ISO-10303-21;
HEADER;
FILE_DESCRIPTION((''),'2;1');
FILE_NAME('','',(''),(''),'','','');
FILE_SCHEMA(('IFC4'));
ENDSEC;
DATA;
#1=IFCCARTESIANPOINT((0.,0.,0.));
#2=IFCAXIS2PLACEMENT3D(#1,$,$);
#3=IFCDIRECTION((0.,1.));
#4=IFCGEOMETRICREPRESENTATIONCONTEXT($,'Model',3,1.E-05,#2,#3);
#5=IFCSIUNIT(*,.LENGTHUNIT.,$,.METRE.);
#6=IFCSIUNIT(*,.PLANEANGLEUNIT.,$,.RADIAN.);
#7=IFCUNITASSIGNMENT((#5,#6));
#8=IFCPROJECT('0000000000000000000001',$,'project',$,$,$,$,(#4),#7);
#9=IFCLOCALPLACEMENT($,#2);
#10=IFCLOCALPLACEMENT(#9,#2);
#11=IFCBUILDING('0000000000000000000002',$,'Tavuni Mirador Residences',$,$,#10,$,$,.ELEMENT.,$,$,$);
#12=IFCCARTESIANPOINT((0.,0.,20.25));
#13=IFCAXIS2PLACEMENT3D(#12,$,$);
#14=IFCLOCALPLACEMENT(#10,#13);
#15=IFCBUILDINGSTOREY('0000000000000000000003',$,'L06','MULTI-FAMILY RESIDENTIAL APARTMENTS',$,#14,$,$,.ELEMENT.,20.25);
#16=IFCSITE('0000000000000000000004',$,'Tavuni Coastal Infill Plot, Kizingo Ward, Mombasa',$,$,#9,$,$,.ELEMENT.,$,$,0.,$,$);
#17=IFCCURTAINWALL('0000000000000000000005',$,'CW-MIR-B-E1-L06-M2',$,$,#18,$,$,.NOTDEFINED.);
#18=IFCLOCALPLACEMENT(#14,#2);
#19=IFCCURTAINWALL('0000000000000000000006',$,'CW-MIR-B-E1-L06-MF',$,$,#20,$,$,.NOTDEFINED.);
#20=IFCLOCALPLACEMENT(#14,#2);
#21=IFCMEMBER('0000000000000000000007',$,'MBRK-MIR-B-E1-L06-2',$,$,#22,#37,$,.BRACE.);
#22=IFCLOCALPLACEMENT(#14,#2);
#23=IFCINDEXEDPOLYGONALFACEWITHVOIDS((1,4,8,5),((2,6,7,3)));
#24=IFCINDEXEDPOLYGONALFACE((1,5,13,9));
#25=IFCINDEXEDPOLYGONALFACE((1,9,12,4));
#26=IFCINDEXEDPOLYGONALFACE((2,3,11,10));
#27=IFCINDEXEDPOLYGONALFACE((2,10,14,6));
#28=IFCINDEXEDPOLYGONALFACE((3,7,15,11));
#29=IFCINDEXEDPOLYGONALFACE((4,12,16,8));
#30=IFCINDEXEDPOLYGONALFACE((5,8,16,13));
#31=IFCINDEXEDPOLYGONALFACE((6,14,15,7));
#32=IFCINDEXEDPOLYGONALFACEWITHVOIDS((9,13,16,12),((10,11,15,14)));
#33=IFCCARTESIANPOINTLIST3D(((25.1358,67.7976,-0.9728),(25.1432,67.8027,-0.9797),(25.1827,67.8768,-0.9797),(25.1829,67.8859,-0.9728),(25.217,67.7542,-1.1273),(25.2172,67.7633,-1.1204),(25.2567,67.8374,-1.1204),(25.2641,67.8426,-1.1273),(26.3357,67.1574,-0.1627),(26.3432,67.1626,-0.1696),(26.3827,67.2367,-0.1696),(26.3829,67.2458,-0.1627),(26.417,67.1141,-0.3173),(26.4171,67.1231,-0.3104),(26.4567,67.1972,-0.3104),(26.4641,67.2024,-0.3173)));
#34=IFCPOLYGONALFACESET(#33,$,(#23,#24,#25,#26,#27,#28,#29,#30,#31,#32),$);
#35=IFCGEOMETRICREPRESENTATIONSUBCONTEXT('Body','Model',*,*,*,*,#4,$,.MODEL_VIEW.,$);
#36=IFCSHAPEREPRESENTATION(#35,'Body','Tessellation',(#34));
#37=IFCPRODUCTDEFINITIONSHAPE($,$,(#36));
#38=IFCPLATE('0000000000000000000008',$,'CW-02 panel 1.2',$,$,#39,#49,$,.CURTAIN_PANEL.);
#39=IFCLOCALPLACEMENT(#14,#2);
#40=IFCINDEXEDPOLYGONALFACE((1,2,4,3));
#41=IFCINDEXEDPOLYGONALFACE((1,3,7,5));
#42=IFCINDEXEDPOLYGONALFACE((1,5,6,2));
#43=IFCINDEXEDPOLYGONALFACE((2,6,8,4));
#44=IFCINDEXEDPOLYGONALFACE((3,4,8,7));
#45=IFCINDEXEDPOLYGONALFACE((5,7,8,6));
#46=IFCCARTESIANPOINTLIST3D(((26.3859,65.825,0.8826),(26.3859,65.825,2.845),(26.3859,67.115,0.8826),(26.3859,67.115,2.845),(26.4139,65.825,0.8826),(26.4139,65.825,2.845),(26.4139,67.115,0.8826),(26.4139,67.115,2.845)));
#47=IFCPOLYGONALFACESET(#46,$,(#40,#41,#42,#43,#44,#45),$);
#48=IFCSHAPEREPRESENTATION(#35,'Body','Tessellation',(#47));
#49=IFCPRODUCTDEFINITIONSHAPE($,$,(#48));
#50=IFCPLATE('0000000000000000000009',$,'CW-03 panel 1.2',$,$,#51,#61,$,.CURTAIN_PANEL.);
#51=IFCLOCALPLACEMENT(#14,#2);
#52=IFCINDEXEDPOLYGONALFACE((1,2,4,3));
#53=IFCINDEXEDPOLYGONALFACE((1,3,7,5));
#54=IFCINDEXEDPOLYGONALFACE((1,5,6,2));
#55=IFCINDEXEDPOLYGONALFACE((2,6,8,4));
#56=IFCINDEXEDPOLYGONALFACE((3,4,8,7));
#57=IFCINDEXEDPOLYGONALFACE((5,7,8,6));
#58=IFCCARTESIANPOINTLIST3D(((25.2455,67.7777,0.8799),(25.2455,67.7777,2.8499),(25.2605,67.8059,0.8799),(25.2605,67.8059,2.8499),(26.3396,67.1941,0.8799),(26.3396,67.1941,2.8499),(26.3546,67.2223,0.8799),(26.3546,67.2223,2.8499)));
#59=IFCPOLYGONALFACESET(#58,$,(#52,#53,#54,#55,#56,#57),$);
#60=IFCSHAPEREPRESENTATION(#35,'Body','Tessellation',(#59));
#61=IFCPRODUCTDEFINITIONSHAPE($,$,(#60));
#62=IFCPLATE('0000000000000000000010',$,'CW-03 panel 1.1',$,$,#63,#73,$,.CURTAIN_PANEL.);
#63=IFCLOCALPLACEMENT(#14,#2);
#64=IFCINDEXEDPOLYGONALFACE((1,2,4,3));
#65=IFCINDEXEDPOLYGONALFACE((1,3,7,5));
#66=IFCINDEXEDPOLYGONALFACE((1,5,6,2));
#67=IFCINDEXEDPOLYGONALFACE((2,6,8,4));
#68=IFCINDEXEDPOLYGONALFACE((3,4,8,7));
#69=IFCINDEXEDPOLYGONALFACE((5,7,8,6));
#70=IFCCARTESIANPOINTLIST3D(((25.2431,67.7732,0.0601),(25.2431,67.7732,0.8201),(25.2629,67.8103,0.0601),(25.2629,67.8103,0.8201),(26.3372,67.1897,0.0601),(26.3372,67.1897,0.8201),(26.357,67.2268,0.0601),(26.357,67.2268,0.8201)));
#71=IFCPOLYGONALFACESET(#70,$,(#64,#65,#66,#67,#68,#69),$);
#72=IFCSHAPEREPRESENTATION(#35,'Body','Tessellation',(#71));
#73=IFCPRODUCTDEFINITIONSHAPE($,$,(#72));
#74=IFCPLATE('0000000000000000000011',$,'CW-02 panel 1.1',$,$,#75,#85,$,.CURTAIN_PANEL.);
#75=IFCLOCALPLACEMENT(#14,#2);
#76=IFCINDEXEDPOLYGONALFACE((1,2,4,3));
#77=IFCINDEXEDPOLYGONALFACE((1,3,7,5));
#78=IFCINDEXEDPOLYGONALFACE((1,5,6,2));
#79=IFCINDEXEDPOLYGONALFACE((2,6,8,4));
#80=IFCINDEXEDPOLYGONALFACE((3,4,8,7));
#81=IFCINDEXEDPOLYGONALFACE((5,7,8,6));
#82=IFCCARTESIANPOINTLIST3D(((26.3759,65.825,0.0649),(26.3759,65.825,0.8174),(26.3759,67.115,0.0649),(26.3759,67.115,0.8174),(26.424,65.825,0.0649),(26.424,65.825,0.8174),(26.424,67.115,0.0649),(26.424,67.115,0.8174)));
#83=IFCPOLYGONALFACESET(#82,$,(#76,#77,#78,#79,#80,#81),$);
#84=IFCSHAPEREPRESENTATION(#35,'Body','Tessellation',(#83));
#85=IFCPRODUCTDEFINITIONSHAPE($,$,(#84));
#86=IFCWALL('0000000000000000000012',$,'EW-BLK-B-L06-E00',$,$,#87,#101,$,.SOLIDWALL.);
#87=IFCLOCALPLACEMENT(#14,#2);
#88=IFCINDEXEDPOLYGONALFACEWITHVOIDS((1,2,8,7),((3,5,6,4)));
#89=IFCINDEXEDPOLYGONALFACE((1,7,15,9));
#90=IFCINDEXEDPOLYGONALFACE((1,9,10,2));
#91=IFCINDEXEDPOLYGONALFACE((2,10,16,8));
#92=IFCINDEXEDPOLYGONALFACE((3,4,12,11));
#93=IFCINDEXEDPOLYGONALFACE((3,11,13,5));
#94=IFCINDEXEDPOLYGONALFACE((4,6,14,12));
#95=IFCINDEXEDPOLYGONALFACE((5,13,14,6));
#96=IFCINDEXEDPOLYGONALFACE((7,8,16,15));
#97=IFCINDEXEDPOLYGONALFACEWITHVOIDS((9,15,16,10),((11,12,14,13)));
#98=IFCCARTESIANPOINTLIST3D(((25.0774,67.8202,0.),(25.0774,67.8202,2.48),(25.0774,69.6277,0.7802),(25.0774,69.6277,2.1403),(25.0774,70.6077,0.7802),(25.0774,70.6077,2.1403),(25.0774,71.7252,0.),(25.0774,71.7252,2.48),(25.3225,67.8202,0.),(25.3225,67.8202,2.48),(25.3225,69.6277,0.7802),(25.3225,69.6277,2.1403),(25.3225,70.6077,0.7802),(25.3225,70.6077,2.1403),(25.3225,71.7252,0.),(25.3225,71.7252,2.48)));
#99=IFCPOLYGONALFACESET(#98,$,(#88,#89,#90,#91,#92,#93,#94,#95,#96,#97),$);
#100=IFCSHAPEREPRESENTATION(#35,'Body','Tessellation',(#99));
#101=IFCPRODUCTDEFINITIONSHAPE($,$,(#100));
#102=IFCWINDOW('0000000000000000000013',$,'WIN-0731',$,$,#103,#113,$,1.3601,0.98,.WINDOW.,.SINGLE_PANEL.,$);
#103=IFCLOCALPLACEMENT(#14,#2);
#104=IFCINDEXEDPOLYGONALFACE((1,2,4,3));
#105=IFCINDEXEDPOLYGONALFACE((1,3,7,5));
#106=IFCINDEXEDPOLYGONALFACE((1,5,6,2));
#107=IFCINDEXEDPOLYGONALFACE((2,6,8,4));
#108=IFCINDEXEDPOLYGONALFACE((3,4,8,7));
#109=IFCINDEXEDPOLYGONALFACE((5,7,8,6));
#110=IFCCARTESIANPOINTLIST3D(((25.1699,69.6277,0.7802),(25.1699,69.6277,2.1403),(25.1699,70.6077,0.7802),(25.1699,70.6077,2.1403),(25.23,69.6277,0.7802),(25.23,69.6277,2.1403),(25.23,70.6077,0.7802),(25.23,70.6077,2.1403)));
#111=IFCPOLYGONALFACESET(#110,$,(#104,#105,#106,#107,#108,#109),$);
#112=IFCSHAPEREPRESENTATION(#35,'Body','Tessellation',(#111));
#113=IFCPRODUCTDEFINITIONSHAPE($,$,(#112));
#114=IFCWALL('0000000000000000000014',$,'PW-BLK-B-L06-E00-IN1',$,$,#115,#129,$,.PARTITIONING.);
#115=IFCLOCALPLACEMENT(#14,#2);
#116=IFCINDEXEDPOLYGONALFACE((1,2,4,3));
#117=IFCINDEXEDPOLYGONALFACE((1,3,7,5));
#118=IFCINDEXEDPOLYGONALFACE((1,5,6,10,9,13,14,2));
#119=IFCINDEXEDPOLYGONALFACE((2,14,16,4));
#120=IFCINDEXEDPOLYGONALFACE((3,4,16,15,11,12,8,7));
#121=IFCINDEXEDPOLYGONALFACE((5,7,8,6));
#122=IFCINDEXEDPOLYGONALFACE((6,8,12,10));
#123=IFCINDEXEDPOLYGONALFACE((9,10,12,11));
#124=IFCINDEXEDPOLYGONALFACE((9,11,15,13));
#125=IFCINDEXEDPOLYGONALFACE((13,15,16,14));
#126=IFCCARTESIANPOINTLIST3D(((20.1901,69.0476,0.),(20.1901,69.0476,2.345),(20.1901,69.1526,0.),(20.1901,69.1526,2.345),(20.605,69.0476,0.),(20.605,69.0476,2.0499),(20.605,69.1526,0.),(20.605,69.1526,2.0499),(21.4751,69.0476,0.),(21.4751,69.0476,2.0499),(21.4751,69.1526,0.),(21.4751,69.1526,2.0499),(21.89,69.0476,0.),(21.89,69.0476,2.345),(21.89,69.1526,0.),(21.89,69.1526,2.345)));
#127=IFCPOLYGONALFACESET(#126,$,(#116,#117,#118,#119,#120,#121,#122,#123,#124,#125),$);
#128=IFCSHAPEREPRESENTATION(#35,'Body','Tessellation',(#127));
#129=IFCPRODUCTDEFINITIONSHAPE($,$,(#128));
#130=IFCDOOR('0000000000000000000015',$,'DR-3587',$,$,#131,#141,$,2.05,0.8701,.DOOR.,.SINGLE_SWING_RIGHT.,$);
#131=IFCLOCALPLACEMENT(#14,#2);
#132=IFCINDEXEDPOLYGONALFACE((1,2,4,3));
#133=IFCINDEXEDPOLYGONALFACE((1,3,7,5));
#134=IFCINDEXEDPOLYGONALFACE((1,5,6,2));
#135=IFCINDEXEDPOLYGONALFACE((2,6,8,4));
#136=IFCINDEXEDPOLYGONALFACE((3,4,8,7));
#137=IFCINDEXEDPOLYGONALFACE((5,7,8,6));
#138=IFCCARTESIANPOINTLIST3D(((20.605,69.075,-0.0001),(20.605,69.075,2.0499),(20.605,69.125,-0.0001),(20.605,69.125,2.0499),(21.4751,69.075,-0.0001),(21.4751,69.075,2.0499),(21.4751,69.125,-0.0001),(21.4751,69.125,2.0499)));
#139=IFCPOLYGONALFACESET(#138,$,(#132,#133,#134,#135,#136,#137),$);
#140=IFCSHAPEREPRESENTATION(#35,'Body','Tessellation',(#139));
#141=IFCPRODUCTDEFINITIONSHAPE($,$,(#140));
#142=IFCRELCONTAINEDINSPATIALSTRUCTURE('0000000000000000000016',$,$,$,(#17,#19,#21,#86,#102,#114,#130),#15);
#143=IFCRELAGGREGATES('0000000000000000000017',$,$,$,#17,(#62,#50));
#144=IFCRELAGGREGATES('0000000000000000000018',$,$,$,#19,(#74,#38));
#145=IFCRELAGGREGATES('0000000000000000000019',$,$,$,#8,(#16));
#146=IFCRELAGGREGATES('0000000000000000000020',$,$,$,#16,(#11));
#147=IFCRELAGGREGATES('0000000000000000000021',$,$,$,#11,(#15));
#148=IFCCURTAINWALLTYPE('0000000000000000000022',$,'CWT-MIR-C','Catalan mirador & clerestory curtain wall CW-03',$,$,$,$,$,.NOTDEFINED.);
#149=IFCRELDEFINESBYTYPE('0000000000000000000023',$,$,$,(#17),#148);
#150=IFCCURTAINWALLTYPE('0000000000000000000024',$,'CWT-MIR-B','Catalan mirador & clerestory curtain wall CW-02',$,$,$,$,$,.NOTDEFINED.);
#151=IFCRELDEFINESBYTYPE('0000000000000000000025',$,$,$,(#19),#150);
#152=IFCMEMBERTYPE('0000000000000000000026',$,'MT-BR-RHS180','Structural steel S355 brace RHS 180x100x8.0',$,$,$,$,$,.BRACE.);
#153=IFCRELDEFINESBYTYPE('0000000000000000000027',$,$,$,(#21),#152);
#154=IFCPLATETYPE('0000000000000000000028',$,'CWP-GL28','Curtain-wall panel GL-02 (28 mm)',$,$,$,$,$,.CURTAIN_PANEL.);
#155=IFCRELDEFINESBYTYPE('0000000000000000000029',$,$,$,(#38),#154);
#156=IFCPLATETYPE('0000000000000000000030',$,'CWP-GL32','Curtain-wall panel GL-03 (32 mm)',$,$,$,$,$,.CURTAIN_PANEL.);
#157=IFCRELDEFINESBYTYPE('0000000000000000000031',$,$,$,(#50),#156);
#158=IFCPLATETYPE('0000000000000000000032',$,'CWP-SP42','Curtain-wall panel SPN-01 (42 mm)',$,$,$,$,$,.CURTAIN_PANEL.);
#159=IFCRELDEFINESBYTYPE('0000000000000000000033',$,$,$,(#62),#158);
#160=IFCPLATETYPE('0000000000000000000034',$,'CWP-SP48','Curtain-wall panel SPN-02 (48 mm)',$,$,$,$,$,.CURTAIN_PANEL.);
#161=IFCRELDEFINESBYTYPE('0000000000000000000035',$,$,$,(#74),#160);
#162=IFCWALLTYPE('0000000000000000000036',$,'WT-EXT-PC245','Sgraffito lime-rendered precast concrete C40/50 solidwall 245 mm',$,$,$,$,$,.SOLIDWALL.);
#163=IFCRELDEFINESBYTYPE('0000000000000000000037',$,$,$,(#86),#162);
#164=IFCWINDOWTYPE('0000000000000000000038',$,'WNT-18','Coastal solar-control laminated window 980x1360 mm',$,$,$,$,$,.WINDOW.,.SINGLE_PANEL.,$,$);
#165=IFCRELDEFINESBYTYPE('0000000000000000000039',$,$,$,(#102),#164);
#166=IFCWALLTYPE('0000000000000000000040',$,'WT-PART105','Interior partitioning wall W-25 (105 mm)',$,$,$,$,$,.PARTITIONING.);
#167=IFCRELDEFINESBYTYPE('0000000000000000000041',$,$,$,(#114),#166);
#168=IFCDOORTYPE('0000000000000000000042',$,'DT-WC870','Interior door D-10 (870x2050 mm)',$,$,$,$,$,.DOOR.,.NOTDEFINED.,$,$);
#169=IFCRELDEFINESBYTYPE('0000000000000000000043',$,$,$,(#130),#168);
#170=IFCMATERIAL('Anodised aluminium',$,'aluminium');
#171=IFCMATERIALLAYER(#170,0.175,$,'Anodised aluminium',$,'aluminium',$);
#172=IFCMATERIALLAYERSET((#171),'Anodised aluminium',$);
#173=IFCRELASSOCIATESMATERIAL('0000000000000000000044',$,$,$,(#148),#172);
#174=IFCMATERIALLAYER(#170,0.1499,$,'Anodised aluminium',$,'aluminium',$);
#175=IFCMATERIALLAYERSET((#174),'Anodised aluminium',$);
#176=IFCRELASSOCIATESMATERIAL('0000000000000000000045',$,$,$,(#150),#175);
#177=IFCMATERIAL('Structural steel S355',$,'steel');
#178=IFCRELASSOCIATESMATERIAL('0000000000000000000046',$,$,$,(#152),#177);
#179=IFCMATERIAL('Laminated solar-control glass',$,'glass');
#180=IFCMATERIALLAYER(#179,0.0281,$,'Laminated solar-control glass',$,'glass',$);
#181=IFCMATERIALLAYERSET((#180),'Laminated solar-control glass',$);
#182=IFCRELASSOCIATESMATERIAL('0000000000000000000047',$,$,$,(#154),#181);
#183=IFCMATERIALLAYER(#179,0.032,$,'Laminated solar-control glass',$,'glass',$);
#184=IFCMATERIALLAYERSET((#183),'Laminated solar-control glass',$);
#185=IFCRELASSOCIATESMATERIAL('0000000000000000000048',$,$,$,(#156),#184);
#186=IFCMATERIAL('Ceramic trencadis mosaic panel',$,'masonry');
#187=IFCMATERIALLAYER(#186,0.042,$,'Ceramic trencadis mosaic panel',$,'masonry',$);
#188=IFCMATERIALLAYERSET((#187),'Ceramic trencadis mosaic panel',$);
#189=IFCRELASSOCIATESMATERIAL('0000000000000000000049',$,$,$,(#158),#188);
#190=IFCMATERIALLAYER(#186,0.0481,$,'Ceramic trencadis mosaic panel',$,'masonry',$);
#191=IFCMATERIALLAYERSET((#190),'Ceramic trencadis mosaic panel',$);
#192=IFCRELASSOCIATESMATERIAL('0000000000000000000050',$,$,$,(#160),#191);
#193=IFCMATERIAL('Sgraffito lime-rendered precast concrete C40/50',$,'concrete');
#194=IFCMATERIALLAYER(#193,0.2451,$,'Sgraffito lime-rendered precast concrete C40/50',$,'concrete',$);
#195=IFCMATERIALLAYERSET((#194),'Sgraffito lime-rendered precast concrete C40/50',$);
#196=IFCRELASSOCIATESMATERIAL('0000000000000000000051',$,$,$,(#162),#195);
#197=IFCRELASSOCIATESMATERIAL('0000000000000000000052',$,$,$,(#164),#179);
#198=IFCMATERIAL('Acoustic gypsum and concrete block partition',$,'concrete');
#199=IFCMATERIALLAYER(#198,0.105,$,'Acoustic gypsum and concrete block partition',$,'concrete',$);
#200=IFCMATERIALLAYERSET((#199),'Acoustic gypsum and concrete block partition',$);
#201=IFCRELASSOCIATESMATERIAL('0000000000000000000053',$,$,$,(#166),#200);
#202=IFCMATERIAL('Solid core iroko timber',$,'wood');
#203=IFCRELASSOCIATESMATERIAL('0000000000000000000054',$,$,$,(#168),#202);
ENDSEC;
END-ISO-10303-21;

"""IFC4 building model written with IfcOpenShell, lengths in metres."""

from ifc_helpers import new_model, si_unit, direction, frame, frame_2d, origin, origin_2d, place, context, subcontext, project, spatial, rectangle, hollow_rectangle, extrude, material, layer, layer_set, material_profile, profile_set, type_object, element, fill, aggregate, save


model = new_model("IFC4")

# Units and contexts
model_context = context("Model", 3, precision=1e-05, world=origin(), true_north=direction((0.0, 1.0)))
body_context = subcontext(model_context, "Body", "Model", "MODEL_VIEW")
ifc_project = project(units=[si_unit("LENGTHUNIT", "METRE"), si_unit("PLANEANGLEUNIT", "RADIAN")], contexts=[model_context])

# Site, building, storey
site_placement = place(None, origin())
site = spatial("IfcSite", under=ifc_project, at=site_placement, Name="Tavuni Coastal Infill Plot, Kizingo Ward, Mombasa", CompositionType="ELEMENT", RefElevation=0.0)
building_placement = place(site_placement, origin())
building = spatial("IfcBuilding", under=site, at=building_placement, Name="Tavuni Mirador Residences", CompositionType="ELEMENT")
storey_placement = place(building_placement, frame((0.0, 0.0, 20.25)))
storey = spatial("IfcBuildingStorey", under=building, at=storey_placement, Name="L06", Description="MULTI-FAMILY RESIDENTIAL APARTMENTS", CompositionType="ELEMENT", Elevation=20.25)

# Curtain wall
ifc_material_1 = material(Name="Anodised aluminium", Category="aluminium")
ifc_layer_1 = layer(ifc_material_1, 0.175, Name="Anodised aluminium", Category="aluminium")
ifc_layer_set_1 = layer_set([ifc_layer_1], Name="Anodised aluminium")
curtain_wall_type_1 = type_object("IfcCurtainWallType", Name="CWT-MIR-C", Description="Catalan mirador & clerestory curtain wall CW-03", PredefinedType="NOTDEFINED", material=ifc_layer_set_1)
curtain_wall_1_placement = place(storey_placement, origin())
curtain_wall_1 = element("IfcCurtainWall", 1, at=curtain_wall_1_placement, inside=storey, type_object=curtain_wall_type_1, Name="CW-MIR-B-E1-L06-M2", PredefinedType="NOTDEFINED")

# Curtain wall
ifc_layer_2 = layer(ifc_material_1, 0.1499, Name="Anodised aluminium", Category="aluminium")
ifc_layer_set_2 = layer_set([ifc_layer_2], Name="Anodised aluminium")
curtain_wall_type_2 = type_object("IfcCurtainWallType", Name="CWT-MIR-B", Description="Catalan mirador & clerestory curtain wall CW-02", PredefinedType="NOTDEFINED", material=ifc_layer_set_2)
curtain_wall_2_placement = place(storey_placement, origin())
curtain_wall_2 = element("IfcCurtainWall", 2, at=curtain_wall_2_placement, inside=storey, type_object=curtain_wall_type_2, Name="CW-MIR-B-E1-L06-MF", PredefinedType="NOTDEFINED")

# Member
ifc_material_2 = material(Name="Structural steel S355", Category="steel")
ifc_material_profile_1 = material_profile(ifc_material_2, hollow_rectangle(XDim=0.1001, YDim=0.1799, WallThickness=0.0081, at=origin_2d()), Name="RHS 180x100x8.0", Category="steel")
ifc_profile_set_1 = profile_set([ifc_material_profile_1], Name="Structural steel S355")
member_type_1 = type_object("IfcMemberType", Name="MT-BR-RHS180", Description="Structural steel S355 brace RHS 180x100x8.0", PredefinedType="BRACE", material=ifc_profile_set_1)
member_1_placement = place(storey_placement, frame((25.2, 67.8201, -1.05), z_axis=(0.758029, -0.404385, 0.511727), x_axis=(0.470681, 0.882303, 0.0)))
element("IfcMember", 3, at=member_1_placement, inside=storey, type_object=member_type_1, Name="MBRK-MIR-B-E1-L06-2", PredefinedType="BRACE", context=body_context, shape_type="SweptSolid", body=[
    extrude(hollow_rectangle(XDim=0.1001, YDim=0.1799, WallThickness=0.0081, at=origin_2d()), origin(), (0.0, 0.0, 1.0), 1.583),
])

# Plates
ifc_material_3 = material(Name="Laminated solar-control glass", Category="glass")
ifc_layer_3 = layer(ifc_material_3, 0.0281, Name="Laminated solar-control glass", Category="glass")
ifc_layer_set_3 = layer_set([ifc_layer_3], Name="Laminated solar-control glass")
plate_type_1 = type_object("IfcPlateType", Name="CWP-GL28", Description="Curtain-wall panel GL-02 (28 mm)", PredefinedType="CURTAIN_PANEL", material=ifc_layer_set_3)
plate_1_placement = place(storey_placement, frame((26.3999, 66.47, 0.8826), z_axis=(0.0, 0.0, 1.0), x_axis=(0.0, 1.0, 0.0)))
plate_1 = element("IfcPlate", 4, at=plate_1_placement, type_object=plate_type_1, Name="CW-02 panel 1.2", PredefinedType="CURTAIN_PANEL", context=body_context, shape_type="SweptSolid", body=[
    extrude(rectangle(XDim=1.29, YDim=0.0281, at=origin_2d()), origin(), (0.0, 0.0, 1.0), 1.9624),
])
ifc_layer_4 = layer(ifc_material_3, 0.032, Name="Laminated solar-control glass", Category="glass")
ifc_layer_set_4 = layer_set([ifc_layer_4], Name="Laminated solar-control glass")
plate_type_2 = type_object("IfcPlateType", Name="CWP-GL32", Description="Curtain-wall panel GL-03 (32 mm)", PredefinedType="CURTAIN_PANEL", material=ifc_layer_set_4)
plate_2_placement = place(storey_placement, frame((25.8, 67.5, 0.8799), z_axis=(0.0, 0.0, 1.0), x_axis=(-0.882353, 0.470588, 0.0)))
plate_2 = element("IfcPlate", 5, at=plate_2_placement, type_object=plate_type_2, Name="CW-03 panel 1.2", PredefinedType="CURTAIN_PANEL", context=body_context, shape_type="SweptSolid", body=[
    extrude(rectangle(XDim=1.24, YDim=0.032, at=origin_2d()), origin(), (0.0, 0.0, 1.0), 1.97),
])
ifc_material_4 = material(Name="Ceramic trencadis mosaic panel", Category="masonry")
ifc_layer_5 = layer(ifc_material_4, 0.042, Name="Ceramic trencadis mosaic panel", Category="masonry")
ifc_layer_set_5 = layer_set([ifc_layer_5], Name="Ceramic trencadis mosaic panel")
plate_type_3 = type_object("IfcPlateType", Name="CWP-SP42", Description="Curtain-wall panel SPN-01 (42 mm)", PredefinedType="CURTAIN_PANEL", material=ifc_layer_set_5)
plate_3_placement = place(storey_placement, frame((25.8, 67.5, 0.0601), z_axis=(0.0, 0.0, 1.0), x_axis=(-0.882353, 0.470588, 0.0)))
plate_3 = element("IfcPlate", 6, at=plate_3_placement, type_object=plate_type_3, Name="CW-03 panel 1.1", PredefinedType="CURTAIN_PANEL", context=body_context, shape_type="SweptSolid", body=[
    extrude(rectangle(XDim=1.24, YDim=0.042, at=origin_2d()), origin(), (0.0, 0.0, 1.0), 0.76),
])
aggregate(curtain_wall_1, [plate_3, plate_2])
ifc_layer_6 = layer(ifc_material_4, 0.0481, Name="Ceramic trencadis mosaic panel", Category="masonry")
ifc_layer_set_6 = layer_set([ifc_layer_6], Name="Ceramic trencadis mosaic panel")
plate_type_4 = type_object("IfcPlateType", Name="CWP-SP48", Description="Curtain-wall panel SPN-02 (48 mm)", PredefinedType="CURTAIN_PANEL", material=ifc_layer_set_6)
plate_4_placement = place(storey_placement, frame((26.3999, 66.47, 0.0649), z_axis=(0.0, 0.0, 1.0), x_axis=(0.0, 1.0, 0.0)))
plate_4 = element("IfcPlate", 7, at=plate_4_placement, type_object=plate_type_4, Name="CW-02 panel 1.1", PredefinedType="CURTAIN_PANEL", context=body_context, shape_type="SweptSolid", body=[
    extrude(rectangle(XDim=1.29, YDim=0.0481, at=origin_2d()), origin(), (0.0, 0.0, 1.0), 0.7524),
])
aggregate(curtain_wall_2, [plate_4, plate_1])

# Wall, opening, window
ifc_material_5 = material(Name="Sgraffito lime-rendered precast concrete C40/50", Category="concrete")
ifc_layer_7 = layer(ifc_material_5, 0.2451, Name="Sgraffito lime-rendered precast concrete C40/50", Category="concrete")
ifc_layer_set_7 = layer_set([ifc_layer_7], Name="Sgraffito lime-rendered precast concrete C40/50")
wall_type_1 = type_object("IfcWallType", Name="WT-EXT-PC245", Description="Sgraffito lime-rendered precast concrete C40/50 solidwall 245 mm", PredefinedType="SOLIDWALL", material=ifc_layer_set_7)
wall_1_placement = place(storey_placement, frame((25.2, 67.8201, 0.0), z_axis=(0.0, 0.0, 1.0), x_axis=(0.0, 1.0, 0.0)))
wall_1 = element("IfcWall", 8, at=wall_1_placement, inside=storey, type_object=wall_type_1, Name="EW-BLK-B-L06-E00", PredefinedType="SOLIDWALL", context=body_context, shape_type="SweptSolid", body=[
    extrude(rectangle(XDim=3.905, YDim=0.2451, at=frame_2d((1.9526, 0.0))), origin(), (0.0, 0.0, 1.0), 2.48),
])
opening_1_placement = place(wall_1_placement, frame((1.8076, 0.0, 0.78)))
opening_1 = element("IfcOpeningElement", 9, at=opening_1_placement, cuts=wall_1, PredefinedType="OPENING", context=body_context, shape_type="SweptSolid", body=[
    extrude(rectangle(XDim=0.98, YDim=1.3601, at=frame_2d((0.49, 0.6802))), frame((0.0, 0.1326, 0.0), z_axis=(0.0, -1.0, 0.0), x_axis=(1.0, 0.0, 0.0)), (0.0, 0.0, 1.0), 0.2651),
])
window_type = type_object("IfcWindowType", Name="WNT-18", Description="Coastal solar-control laminated window 980x1360 mm", PartitioningType="SINGLE_PANEL", PredefinedType="WINDOW", material=ifc_material_3)
window_placement = place(opening_1_placement, origin())
window = element("IfcWindow", 10, at=window_placement, inside=storey, type_object=window_type, Name="WIN-0731", OverallHeight=1.3601, OverallWidth=0.98, PartitioningType="SINGLE_PANEL", PredefinedType="WINDOW", context=body_context, shape_type="SweptSolid", body=[
    extrude(rectangle(XDim=0.98, YDim=1.3601, at=frame_2d((0.49, 0.6802))), frame((0.0, 0.03, 0.0), z_axis=(0.0, -1.0, 0.0), x_axis=(1.0, 0.0, 0.0)), (0.0, 0.0, 1.0), 0.0601),
])
fill(opening_1, window)

# Wall, opening, door
ifc_material_6 = material(Name="Acoustic gypsum and concrete block partition", Category="concrete")
ifc_layer_8 = layer(ifc_material_6, 0.105, Name="Acoustic gypsum and concrete block partition", Category="concrete")
ifc_layer_set_8 = layer_set([ifc_layer_8], Name="Acoustic gypsum and concrete block partition")
wall_type_2 = type_object("IfcWallType", Name="WT-PART105", Description="Interior partitioning wall W-25 (105 mm)", PredefinedType="PARTITIONING", material=ifc_layer_set_8)
wall_2_placement = place(storey_placement, frame((20.1899, 69.1001, 0.0), z_axis=(0.0, 0.0, 1.0), x_axis=(1.0, 0.0, 0.0)))
wall_2 = element("IfcWall", 11, at=wall_2_placement, inside=storey, type_object=wall_type_2, Name="PW-BLK-B-L06-E00-IN1", PredefinedType="PARTITIONING", context=body_context, shape_type="SweptSolid", body=[
    extrude(rectangle(XDim=1.7, YDim=0.105, at=frame_2d((0.8501, 0.0))), origin(), (0.0, 0.0, 1.0), 2.345),
])
opening_2_placement = place(wall_2_placement, frame((0.415, 0.0, 0.0)))
opening_2 = element("IfcOpeningElement", 12, at=opening_2_placement, cuts=wall_2, PredefinedType="OPENING", context=body_context, shape_type="SweptSolid", body=[
    extrude(rectangle(XDim=0.8701, YDim=2.05, at=frame_2d((0.4351, 1.0249))), frame((0.0, 0.0625, 0.0), z_axis=(0.0, -1.0, 0.0), x_axis=(1.0, 0.0, 0.0)), (0.0, 0.0, 1.0), 0.125),
])
ifc_material_7 = material(Name="Solid core iroko timber", Category="wood")
door_type_1 = type_object("IfcDoorType", Name="DT-WC870", Description="Interior door D-10 (870x2050 mm)", OperationType="NOTDEFINED", PredefinedType="DOOR", material=ifc_material_7)
door_1_placement = place(opening_2_placement, origin())
door_1 = element("IfcDoor", 13, at=door_1_placement, inside=storey, type_object=door_type_1, Name="DR-3587", OperationType="SINGLE_SWING_RIGHT", OverallHeight=2.05, OverallWidth=0.8701, PredefinedType="DOOR", context=body_context, shape_type="SweptSolid", body=[
    extrude(rectangle(XDim=0.8701, YDim=2.05, at=frame_2d((0.4351, 1.0249))), frame((0.0, 0.0249, 0.0), z_axis=(0.0, -1.0, 0.0), x_axis=(1.0, 0.0, 0.0)), (0.0, 0.0, 1.0), 0.05),
])
fill(opening_2, door_1)

save(model, "model.ifc")
